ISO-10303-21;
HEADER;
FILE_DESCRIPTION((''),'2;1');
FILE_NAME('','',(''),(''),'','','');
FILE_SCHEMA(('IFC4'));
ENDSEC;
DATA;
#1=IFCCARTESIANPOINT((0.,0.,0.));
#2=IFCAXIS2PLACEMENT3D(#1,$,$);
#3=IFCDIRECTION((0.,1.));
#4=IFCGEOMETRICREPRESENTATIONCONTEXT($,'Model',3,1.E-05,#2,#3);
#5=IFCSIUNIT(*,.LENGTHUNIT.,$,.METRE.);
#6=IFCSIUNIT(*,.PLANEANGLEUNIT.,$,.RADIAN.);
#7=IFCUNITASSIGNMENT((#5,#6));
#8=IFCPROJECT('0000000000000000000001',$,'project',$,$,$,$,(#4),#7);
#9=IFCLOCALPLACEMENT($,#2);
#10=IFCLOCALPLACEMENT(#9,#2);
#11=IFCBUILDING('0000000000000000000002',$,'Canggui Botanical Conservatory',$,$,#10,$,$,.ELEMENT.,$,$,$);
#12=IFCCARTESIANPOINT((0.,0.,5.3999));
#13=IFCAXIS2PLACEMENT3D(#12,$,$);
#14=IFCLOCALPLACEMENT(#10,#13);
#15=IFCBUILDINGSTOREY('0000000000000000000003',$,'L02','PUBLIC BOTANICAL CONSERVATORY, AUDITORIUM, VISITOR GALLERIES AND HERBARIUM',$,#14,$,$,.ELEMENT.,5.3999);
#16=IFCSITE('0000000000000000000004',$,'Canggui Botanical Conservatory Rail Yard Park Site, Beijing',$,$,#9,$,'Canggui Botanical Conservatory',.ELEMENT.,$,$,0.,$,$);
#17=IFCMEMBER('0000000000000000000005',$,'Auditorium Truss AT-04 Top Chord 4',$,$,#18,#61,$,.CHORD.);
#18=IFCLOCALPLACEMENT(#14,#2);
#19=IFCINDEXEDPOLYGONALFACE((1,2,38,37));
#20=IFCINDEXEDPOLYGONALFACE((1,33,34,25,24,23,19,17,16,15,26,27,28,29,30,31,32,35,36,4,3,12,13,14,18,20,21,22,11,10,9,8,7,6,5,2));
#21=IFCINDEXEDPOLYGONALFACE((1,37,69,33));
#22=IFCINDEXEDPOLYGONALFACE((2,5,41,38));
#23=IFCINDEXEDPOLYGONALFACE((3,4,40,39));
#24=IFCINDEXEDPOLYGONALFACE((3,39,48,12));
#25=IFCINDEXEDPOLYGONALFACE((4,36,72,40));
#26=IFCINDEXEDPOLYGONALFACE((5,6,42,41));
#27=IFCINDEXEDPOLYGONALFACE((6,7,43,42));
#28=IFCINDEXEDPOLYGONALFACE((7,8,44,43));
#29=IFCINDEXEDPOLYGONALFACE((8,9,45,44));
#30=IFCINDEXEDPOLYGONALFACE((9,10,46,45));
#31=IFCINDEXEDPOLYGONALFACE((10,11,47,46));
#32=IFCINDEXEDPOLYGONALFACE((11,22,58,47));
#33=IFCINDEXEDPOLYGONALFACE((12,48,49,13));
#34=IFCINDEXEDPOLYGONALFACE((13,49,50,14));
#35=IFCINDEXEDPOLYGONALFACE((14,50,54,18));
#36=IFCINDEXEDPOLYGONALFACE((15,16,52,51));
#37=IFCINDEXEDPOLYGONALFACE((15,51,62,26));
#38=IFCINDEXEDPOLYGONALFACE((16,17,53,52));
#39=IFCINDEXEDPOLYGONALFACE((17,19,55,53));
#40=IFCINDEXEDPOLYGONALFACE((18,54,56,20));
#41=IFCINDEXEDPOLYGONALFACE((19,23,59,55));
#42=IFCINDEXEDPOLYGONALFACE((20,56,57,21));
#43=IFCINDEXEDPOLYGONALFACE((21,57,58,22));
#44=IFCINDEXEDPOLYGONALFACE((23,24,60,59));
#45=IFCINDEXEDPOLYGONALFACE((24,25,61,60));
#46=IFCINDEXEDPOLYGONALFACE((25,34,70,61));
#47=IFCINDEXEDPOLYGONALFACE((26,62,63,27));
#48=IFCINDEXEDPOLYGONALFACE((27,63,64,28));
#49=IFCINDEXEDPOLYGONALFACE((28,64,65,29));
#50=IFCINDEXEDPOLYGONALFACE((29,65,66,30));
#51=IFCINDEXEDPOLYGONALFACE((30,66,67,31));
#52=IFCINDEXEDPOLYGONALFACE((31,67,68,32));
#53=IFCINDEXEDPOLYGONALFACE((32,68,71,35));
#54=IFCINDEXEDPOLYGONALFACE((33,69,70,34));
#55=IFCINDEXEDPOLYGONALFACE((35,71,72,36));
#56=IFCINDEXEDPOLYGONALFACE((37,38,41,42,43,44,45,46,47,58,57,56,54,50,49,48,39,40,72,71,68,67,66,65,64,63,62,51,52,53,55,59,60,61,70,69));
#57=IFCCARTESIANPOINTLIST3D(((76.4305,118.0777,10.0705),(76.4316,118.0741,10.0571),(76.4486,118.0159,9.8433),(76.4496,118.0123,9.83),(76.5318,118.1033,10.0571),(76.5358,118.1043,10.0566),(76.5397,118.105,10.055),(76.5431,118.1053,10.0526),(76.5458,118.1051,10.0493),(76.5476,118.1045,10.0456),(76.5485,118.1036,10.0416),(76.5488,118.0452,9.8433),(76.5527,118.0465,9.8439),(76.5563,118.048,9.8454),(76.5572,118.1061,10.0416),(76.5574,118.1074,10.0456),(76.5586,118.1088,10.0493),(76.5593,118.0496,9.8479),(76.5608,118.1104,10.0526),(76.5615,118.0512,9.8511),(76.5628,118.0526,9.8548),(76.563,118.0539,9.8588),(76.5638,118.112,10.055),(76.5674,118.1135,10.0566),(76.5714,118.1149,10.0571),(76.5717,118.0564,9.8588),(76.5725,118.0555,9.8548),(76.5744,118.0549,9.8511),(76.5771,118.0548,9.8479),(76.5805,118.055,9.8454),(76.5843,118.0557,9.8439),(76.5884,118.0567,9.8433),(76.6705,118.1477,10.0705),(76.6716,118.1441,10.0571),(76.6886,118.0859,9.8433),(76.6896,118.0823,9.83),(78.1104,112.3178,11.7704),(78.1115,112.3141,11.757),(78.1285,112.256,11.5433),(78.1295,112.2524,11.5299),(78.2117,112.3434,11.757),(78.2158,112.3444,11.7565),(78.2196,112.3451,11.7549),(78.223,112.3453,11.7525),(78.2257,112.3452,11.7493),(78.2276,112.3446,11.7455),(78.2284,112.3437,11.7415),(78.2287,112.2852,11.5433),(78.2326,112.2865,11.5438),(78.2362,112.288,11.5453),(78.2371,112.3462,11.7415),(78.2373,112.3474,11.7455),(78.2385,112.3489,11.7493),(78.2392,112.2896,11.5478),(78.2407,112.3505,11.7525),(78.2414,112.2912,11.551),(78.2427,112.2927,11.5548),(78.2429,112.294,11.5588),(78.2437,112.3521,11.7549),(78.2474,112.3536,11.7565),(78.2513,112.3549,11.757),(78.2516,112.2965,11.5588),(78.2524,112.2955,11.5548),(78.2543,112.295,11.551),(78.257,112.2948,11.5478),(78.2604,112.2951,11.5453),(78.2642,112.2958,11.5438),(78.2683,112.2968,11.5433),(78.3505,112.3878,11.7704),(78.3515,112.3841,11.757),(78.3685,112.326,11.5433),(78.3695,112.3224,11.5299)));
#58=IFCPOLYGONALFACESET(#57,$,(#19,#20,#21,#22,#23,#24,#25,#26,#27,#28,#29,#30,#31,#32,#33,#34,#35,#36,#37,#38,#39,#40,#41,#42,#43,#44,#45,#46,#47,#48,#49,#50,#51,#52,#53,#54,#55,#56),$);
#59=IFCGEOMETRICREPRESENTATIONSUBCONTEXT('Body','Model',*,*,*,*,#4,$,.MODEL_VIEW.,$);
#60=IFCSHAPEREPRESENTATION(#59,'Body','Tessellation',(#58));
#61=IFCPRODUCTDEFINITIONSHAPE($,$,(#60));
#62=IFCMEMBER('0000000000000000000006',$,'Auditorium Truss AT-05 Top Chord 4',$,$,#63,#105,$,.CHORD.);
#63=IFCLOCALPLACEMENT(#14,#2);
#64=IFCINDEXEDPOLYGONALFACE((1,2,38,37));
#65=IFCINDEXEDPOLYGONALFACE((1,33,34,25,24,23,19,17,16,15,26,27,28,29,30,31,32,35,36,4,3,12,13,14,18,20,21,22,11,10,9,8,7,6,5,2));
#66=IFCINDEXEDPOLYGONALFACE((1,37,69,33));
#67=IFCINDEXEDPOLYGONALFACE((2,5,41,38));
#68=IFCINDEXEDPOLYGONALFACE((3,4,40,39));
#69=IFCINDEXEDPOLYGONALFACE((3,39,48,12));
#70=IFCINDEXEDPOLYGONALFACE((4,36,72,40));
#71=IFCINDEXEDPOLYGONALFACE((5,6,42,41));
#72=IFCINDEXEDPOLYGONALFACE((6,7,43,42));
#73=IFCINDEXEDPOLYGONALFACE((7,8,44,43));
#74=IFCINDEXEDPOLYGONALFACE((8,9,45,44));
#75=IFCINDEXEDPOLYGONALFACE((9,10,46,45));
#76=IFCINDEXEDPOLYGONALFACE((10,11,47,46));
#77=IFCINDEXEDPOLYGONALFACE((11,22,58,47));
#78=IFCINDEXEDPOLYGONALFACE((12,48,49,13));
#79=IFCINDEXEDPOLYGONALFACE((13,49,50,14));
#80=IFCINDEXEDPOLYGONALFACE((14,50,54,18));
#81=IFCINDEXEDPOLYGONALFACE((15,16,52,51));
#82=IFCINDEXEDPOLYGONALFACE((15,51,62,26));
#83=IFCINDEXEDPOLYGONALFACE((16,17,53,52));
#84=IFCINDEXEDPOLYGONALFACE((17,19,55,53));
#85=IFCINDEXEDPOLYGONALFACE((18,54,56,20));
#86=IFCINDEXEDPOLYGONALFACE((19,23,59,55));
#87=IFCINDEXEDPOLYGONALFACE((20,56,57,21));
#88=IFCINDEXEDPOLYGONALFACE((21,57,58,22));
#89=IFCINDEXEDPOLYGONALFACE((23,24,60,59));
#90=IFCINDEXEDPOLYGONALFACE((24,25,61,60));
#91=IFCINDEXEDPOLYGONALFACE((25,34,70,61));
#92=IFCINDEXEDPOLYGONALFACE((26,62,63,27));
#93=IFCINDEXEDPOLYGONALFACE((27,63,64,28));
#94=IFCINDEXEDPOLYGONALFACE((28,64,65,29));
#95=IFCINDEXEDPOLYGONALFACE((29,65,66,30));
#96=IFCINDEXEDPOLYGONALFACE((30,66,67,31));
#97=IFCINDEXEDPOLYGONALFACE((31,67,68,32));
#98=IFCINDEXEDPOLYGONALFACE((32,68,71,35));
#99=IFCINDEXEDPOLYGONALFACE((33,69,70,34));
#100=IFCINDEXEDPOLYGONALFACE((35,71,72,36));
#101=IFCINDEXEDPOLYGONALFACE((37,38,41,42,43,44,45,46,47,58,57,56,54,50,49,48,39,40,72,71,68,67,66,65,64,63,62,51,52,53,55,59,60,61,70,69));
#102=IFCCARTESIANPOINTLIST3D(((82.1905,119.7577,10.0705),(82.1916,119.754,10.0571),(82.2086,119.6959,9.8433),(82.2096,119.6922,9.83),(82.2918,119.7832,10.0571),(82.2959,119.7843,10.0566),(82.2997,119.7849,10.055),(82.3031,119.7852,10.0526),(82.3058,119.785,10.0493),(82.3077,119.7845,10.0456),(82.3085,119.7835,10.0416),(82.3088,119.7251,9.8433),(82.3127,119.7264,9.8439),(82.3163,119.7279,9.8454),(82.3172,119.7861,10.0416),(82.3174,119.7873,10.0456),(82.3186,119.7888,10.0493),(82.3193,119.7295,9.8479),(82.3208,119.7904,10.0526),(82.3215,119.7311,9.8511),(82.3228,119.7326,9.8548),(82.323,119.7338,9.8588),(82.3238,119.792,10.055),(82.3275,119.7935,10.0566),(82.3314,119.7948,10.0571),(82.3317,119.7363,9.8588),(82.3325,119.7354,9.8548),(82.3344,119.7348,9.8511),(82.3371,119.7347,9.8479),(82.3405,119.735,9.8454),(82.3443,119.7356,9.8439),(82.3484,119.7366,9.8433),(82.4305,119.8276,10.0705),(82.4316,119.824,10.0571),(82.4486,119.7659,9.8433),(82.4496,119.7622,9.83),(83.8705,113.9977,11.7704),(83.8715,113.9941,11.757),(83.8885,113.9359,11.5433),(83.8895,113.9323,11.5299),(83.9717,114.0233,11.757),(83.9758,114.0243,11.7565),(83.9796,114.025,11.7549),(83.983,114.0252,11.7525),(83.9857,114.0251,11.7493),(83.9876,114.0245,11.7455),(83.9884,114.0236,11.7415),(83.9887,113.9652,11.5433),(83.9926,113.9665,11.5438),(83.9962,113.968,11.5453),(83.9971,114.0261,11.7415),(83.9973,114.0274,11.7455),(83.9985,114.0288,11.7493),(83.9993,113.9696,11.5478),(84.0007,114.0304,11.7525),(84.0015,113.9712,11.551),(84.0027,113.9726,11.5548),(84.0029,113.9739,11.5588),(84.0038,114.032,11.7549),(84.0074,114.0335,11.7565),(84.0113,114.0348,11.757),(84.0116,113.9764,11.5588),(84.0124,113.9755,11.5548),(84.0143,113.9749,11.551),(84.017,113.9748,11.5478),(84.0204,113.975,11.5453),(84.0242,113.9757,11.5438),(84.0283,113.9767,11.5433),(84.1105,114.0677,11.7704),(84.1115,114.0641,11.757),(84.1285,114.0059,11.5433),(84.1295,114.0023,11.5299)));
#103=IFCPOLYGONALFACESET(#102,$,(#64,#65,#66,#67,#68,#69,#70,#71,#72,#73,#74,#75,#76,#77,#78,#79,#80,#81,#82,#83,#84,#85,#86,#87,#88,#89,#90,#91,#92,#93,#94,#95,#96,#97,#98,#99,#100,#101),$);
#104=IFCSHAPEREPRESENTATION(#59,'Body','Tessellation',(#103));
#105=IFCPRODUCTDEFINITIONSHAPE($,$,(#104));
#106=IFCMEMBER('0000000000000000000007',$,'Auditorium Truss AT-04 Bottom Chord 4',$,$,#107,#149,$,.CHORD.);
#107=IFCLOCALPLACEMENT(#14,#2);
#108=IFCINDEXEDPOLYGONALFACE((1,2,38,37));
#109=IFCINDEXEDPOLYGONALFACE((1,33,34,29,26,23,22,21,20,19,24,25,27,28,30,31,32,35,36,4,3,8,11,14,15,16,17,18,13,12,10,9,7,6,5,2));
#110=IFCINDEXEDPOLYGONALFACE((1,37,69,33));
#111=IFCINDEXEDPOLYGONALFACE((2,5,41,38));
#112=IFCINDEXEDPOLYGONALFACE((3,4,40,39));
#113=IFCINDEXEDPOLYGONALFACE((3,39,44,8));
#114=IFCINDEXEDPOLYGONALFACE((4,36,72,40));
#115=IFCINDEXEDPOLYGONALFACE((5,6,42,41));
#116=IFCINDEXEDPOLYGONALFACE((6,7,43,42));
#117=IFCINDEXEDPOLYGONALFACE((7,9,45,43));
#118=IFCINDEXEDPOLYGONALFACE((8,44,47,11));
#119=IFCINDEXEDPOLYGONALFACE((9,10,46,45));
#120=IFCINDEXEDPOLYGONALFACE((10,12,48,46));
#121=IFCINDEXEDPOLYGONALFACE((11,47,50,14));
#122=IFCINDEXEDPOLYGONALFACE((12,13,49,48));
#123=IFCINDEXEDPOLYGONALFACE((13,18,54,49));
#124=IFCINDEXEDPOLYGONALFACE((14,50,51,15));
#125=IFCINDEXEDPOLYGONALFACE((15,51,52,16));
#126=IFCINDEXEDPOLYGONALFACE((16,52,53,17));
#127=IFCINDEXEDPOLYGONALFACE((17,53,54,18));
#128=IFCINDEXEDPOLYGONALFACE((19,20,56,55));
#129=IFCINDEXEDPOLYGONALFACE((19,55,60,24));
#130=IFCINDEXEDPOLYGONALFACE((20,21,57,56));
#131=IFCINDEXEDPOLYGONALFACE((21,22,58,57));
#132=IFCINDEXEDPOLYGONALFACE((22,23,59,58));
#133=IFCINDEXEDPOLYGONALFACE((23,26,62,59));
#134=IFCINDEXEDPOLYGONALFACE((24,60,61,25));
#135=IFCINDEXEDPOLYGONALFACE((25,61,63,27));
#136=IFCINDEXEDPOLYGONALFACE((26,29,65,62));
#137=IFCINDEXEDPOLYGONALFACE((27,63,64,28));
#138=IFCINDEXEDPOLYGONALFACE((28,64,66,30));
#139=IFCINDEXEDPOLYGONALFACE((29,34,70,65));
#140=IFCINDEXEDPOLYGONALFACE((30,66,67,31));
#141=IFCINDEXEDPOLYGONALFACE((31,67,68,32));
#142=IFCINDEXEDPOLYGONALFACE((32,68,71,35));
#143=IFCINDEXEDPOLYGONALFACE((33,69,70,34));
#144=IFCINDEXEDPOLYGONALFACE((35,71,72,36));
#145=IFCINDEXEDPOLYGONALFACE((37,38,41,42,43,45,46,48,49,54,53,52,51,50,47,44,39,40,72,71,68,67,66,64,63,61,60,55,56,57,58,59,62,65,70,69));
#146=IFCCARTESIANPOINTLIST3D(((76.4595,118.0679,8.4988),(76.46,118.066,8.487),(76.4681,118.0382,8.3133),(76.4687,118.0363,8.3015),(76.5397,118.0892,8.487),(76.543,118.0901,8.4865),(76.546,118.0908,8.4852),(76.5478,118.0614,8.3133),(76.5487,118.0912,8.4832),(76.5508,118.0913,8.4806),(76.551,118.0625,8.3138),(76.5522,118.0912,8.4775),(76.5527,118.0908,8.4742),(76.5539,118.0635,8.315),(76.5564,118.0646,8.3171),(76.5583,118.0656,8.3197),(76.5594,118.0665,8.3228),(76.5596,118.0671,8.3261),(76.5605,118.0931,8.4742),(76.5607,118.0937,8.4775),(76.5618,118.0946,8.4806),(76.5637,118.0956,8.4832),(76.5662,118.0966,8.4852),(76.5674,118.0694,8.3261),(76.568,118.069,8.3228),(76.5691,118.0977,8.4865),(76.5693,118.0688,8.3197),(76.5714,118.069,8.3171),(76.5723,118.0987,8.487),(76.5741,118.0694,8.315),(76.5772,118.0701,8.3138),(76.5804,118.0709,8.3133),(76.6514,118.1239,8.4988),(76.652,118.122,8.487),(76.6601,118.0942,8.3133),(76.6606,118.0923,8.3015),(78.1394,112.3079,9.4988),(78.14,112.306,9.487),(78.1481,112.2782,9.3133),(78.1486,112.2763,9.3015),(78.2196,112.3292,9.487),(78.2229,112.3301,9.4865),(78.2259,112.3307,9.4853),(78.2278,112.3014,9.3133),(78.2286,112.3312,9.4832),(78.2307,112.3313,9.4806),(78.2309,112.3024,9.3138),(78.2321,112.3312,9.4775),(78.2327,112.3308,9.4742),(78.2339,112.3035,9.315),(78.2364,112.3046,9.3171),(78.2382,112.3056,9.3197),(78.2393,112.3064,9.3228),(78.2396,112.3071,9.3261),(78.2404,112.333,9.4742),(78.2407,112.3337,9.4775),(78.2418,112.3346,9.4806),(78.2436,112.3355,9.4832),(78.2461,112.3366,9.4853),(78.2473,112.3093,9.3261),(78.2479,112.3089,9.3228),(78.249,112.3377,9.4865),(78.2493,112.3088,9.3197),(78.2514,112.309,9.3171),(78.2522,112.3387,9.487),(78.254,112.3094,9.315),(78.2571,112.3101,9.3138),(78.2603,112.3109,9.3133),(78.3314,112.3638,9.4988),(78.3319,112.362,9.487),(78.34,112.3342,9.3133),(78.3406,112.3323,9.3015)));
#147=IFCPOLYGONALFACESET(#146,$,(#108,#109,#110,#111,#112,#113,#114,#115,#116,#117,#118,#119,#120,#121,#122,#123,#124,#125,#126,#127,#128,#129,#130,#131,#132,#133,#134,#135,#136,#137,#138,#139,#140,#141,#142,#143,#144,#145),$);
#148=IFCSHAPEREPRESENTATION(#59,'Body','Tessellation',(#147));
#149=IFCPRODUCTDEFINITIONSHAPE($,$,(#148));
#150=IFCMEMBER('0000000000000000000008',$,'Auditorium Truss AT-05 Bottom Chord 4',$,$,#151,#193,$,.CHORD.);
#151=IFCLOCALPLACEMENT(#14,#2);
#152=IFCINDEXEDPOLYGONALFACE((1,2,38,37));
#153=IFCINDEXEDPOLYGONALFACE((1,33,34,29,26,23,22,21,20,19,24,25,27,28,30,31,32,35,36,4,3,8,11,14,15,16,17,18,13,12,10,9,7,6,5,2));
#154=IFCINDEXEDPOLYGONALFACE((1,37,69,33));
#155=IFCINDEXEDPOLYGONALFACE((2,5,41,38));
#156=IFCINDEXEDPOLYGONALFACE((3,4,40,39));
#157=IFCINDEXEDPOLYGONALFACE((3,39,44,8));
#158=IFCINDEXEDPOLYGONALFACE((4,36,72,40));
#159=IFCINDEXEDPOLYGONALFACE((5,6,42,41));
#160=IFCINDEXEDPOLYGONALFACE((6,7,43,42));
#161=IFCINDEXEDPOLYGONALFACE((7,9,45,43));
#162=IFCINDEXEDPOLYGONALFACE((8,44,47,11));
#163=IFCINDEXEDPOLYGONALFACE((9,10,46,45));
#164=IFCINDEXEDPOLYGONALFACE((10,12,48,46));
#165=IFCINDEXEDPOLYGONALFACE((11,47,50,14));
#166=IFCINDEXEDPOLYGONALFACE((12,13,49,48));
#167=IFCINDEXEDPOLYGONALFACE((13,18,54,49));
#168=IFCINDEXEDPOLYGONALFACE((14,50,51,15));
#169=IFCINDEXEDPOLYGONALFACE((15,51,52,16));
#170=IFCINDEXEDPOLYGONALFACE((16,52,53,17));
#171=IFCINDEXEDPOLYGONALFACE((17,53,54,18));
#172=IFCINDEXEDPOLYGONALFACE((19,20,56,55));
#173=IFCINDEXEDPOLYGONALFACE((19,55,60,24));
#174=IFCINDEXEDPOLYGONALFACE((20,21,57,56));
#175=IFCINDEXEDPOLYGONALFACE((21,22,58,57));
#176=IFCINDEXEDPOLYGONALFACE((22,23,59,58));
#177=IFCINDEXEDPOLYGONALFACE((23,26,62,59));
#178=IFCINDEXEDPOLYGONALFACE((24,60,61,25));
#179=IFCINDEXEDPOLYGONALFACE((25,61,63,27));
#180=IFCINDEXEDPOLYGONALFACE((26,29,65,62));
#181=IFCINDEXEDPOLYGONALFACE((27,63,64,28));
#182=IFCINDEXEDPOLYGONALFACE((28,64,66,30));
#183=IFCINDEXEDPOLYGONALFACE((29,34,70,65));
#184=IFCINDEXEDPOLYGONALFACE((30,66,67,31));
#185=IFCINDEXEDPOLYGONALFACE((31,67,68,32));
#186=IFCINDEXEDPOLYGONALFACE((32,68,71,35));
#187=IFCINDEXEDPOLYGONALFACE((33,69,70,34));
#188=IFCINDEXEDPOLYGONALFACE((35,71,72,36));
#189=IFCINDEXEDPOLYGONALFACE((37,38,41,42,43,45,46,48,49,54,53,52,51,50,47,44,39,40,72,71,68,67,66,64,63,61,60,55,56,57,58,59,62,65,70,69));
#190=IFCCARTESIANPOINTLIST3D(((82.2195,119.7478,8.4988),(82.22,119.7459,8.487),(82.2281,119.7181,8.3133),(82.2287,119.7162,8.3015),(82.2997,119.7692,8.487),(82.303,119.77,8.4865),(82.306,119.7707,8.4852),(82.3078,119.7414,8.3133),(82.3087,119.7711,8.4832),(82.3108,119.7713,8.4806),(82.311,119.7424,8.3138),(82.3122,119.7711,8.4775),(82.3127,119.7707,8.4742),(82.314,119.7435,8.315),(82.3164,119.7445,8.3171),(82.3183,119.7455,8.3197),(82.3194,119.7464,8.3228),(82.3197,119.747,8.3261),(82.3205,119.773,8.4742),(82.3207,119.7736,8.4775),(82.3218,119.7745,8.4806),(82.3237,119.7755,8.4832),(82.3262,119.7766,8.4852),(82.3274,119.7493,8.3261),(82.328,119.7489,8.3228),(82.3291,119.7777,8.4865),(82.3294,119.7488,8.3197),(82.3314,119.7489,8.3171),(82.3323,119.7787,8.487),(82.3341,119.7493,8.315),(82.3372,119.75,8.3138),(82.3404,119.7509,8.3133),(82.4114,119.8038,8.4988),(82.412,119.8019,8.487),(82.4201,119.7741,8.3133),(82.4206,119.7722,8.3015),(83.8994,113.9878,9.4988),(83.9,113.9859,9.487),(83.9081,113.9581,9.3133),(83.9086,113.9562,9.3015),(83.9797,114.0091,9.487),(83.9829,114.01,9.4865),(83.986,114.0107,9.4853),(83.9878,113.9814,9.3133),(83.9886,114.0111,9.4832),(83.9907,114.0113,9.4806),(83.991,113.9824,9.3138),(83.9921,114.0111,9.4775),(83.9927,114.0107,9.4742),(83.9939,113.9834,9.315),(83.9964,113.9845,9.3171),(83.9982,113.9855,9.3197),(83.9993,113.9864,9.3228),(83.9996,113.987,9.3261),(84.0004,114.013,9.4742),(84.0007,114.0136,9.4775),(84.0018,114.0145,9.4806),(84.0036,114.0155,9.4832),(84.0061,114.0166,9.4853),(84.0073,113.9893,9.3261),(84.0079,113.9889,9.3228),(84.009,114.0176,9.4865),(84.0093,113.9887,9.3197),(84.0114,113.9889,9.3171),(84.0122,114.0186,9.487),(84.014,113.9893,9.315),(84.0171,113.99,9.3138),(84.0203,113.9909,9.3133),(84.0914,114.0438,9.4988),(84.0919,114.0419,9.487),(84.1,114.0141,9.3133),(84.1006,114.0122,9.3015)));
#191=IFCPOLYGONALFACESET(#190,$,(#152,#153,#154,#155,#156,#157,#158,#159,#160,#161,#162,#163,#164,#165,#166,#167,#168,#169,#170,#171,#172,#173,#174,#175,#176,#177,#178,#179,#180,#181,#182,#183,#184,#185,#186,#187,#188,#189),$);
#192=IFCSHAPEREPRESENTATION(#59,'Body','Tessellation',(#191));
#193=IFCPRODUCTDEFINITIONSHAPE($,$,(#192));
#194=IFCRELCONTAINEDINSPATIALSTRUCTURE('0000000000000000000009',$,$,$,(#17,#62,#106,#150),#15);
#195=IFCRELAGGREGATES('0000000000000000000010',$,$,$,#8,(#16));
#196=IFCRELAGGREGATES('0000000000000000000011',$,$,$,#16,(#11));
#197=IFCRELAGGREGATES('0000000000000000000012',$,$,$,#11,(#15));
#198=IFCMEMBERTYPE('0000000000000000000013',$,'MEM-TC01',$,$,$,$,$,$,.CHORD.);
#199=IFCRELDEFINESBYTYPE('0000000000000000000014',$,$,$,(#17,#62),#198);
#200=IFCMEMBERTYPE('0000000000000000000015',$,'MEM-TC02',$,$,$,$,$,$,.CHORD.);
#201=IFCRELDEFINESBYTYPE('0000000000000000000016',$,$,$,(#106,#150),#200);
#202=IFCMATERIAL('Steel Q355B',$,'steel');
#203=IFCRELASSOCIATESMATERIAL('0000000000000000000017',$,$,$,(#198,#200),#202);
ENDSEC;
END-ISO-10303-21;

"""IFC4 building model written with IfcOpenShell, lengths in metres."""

from ifc_helpers import new_model, si_unit, direction, frame, origin, origin_2d, place, context, subcontext, project, spatial, i_section, extrude, material, material_profile, profile_set, type_object, element, save


model = new_model("IFC4")

# Units and contexts
model_context = context("Model", 3, precision=1e-05, world=origin(), true_north=direction((0.0, 1.0)))
body_context = subcontext(model_context, "Body", "Model", "MODEL_VIEW")
ifc_project = project(units=[si_unit("LENGTHUNIT", "METRE"), si_unit("PLANEANGLEUNIT", "RADIAN")], contexts=[model_context])

# Site, building, storey
site_placement = place(None, origin())
site = spatial("IfcSite", under=ifc_project, at=site_placement, Name="Canggui Botanical Conservatory Rail Yard Park Site, Beijing", LongName="Canggui Botanical Conservatory", CompositionType="ELEMENT", RefElevation=0.0)
building_placement = place(site_placement, origin())
building = spatial("IfcBuilding", under=site, at=building_placement, Name="Canggui Botanical Conservatory", CompositionType="ELEMENT")
storey_placement = place(building_placement, frame((0.0, 0.0, 5.3999)))
storey = spatial("IfcBuildingStorey", under=building, at=storey_placement, Name="L02", Description="PUBLIC BOTANICAL CONSERVATORY, AUDITORIUM, VISITOR GALLERIES AND HERBARIUM", CompositionType="ELEMENT", Elevation=5.3999)

# Shared definitions
ifc_material_1 = material(Name="Steel Q355B", Category="steel")

# Members
ifc_material_profile_1 = material_profile(ifc_material_1, i_section(OverallWidth=0.25, OverallDepth=0.25, WebThickness=0.009, FlangeThickness=0.0139, FilletRadius=0.0161, at=origin_2d()), Name="HW 250x250x9x14")
ifc_profile_set_1 = profile_set([ifc_material_profile_1], Name="Steel Q355B")
member_type_1 = type_object("IfcMemberType", Name="MEM-TC01", PredefinedType="CHORD", material=ifc_profile_set_1)
for number, where, z_axis, x_axis, name in (
    (1, (78.24, 112.3201, 11.6501), (-0.269386, 0.923647, -0.272596), (-0.960003, -0.279989, 0.0), "Auditorium Truss AT-04 Top Chord 4"),
    (2, (84.0, 114.0, 11.6501), (-0.269386, 0.923647, -0.272596), (-0.960003, -0.279989, 0.0), "Auditorium Truss AT-05 Top Chord 4"),
):
    element("IfcMember", number, at=place(storey_placement, frame(where, z_axis=z_axis, x_axis=x_axis)), inside=storey, type_object=member_type_1, Name=name, PredefinedType="CHORD", context=body_context, shape_type="SweptSolid", body=[
        extrude(i_section(OverallWidth=0.25, OverallDepth=0.25, WebThickness=0.009, FlangeThickness=0.0139, FilletRadius=0.0161, at=origin_2d()), origin(), (0.0, 0.0, 1.0), 6.2361),
    ])
ifc_material_profile_2 = material_profile(ifc_material_1, i_section(OverallWidth=0.2, OverallDepth=0.2, WebThickness=0.0081, FlangeThickness=0.012, FilletRadius=0.0129, at=origin_2d()), Name="HW 200x200x8x12")
ifc_profile_set_2 = profile_set([ifc_material_profile_2], Name="Steel Q355B")
member_type_2 = type_object("IfcMemberType", Name="MEM-TC02", PredefinedType="CHORD", material=ifc_profile_set_2)
for number, where, z_axis, x_axis, name in (
    (3, (78.24, 112.3201, 9.4001), (-0.276179, 0.946941, -0.164399), (-0.960003, -0.279989, 0.0), "Auditorium Truss AT-04 Bottom Chord 4"),
    (4, (84.0, 114.0, 9.4001), (-0.276179, 0.946941, -0.164399), (-0.960003, -0.279989, 0.0), "Auditorium Truss AT-05 Bottom Chord 4"),
):
    element("IfcMember", number, at=place(storey_placement, frame(where, z_axis=z_axis, x_axis=x_axis)), inside=storey, type_object=member_type_2, Name=name, PredefinedType="CHORD", context=body_context, shape_type="SweptSolid", body=[
        extrude(i_section(OverallWidth=0.2, OverallDepth=0.2, WebThickness=0.0081, FlangeThickness=0.012, FilletRadius=0.0129, at=origin_2d()), origin(), (0.0, 0.0, 1.0), 6.0828),
    ])

save(model, "model.ifc")
